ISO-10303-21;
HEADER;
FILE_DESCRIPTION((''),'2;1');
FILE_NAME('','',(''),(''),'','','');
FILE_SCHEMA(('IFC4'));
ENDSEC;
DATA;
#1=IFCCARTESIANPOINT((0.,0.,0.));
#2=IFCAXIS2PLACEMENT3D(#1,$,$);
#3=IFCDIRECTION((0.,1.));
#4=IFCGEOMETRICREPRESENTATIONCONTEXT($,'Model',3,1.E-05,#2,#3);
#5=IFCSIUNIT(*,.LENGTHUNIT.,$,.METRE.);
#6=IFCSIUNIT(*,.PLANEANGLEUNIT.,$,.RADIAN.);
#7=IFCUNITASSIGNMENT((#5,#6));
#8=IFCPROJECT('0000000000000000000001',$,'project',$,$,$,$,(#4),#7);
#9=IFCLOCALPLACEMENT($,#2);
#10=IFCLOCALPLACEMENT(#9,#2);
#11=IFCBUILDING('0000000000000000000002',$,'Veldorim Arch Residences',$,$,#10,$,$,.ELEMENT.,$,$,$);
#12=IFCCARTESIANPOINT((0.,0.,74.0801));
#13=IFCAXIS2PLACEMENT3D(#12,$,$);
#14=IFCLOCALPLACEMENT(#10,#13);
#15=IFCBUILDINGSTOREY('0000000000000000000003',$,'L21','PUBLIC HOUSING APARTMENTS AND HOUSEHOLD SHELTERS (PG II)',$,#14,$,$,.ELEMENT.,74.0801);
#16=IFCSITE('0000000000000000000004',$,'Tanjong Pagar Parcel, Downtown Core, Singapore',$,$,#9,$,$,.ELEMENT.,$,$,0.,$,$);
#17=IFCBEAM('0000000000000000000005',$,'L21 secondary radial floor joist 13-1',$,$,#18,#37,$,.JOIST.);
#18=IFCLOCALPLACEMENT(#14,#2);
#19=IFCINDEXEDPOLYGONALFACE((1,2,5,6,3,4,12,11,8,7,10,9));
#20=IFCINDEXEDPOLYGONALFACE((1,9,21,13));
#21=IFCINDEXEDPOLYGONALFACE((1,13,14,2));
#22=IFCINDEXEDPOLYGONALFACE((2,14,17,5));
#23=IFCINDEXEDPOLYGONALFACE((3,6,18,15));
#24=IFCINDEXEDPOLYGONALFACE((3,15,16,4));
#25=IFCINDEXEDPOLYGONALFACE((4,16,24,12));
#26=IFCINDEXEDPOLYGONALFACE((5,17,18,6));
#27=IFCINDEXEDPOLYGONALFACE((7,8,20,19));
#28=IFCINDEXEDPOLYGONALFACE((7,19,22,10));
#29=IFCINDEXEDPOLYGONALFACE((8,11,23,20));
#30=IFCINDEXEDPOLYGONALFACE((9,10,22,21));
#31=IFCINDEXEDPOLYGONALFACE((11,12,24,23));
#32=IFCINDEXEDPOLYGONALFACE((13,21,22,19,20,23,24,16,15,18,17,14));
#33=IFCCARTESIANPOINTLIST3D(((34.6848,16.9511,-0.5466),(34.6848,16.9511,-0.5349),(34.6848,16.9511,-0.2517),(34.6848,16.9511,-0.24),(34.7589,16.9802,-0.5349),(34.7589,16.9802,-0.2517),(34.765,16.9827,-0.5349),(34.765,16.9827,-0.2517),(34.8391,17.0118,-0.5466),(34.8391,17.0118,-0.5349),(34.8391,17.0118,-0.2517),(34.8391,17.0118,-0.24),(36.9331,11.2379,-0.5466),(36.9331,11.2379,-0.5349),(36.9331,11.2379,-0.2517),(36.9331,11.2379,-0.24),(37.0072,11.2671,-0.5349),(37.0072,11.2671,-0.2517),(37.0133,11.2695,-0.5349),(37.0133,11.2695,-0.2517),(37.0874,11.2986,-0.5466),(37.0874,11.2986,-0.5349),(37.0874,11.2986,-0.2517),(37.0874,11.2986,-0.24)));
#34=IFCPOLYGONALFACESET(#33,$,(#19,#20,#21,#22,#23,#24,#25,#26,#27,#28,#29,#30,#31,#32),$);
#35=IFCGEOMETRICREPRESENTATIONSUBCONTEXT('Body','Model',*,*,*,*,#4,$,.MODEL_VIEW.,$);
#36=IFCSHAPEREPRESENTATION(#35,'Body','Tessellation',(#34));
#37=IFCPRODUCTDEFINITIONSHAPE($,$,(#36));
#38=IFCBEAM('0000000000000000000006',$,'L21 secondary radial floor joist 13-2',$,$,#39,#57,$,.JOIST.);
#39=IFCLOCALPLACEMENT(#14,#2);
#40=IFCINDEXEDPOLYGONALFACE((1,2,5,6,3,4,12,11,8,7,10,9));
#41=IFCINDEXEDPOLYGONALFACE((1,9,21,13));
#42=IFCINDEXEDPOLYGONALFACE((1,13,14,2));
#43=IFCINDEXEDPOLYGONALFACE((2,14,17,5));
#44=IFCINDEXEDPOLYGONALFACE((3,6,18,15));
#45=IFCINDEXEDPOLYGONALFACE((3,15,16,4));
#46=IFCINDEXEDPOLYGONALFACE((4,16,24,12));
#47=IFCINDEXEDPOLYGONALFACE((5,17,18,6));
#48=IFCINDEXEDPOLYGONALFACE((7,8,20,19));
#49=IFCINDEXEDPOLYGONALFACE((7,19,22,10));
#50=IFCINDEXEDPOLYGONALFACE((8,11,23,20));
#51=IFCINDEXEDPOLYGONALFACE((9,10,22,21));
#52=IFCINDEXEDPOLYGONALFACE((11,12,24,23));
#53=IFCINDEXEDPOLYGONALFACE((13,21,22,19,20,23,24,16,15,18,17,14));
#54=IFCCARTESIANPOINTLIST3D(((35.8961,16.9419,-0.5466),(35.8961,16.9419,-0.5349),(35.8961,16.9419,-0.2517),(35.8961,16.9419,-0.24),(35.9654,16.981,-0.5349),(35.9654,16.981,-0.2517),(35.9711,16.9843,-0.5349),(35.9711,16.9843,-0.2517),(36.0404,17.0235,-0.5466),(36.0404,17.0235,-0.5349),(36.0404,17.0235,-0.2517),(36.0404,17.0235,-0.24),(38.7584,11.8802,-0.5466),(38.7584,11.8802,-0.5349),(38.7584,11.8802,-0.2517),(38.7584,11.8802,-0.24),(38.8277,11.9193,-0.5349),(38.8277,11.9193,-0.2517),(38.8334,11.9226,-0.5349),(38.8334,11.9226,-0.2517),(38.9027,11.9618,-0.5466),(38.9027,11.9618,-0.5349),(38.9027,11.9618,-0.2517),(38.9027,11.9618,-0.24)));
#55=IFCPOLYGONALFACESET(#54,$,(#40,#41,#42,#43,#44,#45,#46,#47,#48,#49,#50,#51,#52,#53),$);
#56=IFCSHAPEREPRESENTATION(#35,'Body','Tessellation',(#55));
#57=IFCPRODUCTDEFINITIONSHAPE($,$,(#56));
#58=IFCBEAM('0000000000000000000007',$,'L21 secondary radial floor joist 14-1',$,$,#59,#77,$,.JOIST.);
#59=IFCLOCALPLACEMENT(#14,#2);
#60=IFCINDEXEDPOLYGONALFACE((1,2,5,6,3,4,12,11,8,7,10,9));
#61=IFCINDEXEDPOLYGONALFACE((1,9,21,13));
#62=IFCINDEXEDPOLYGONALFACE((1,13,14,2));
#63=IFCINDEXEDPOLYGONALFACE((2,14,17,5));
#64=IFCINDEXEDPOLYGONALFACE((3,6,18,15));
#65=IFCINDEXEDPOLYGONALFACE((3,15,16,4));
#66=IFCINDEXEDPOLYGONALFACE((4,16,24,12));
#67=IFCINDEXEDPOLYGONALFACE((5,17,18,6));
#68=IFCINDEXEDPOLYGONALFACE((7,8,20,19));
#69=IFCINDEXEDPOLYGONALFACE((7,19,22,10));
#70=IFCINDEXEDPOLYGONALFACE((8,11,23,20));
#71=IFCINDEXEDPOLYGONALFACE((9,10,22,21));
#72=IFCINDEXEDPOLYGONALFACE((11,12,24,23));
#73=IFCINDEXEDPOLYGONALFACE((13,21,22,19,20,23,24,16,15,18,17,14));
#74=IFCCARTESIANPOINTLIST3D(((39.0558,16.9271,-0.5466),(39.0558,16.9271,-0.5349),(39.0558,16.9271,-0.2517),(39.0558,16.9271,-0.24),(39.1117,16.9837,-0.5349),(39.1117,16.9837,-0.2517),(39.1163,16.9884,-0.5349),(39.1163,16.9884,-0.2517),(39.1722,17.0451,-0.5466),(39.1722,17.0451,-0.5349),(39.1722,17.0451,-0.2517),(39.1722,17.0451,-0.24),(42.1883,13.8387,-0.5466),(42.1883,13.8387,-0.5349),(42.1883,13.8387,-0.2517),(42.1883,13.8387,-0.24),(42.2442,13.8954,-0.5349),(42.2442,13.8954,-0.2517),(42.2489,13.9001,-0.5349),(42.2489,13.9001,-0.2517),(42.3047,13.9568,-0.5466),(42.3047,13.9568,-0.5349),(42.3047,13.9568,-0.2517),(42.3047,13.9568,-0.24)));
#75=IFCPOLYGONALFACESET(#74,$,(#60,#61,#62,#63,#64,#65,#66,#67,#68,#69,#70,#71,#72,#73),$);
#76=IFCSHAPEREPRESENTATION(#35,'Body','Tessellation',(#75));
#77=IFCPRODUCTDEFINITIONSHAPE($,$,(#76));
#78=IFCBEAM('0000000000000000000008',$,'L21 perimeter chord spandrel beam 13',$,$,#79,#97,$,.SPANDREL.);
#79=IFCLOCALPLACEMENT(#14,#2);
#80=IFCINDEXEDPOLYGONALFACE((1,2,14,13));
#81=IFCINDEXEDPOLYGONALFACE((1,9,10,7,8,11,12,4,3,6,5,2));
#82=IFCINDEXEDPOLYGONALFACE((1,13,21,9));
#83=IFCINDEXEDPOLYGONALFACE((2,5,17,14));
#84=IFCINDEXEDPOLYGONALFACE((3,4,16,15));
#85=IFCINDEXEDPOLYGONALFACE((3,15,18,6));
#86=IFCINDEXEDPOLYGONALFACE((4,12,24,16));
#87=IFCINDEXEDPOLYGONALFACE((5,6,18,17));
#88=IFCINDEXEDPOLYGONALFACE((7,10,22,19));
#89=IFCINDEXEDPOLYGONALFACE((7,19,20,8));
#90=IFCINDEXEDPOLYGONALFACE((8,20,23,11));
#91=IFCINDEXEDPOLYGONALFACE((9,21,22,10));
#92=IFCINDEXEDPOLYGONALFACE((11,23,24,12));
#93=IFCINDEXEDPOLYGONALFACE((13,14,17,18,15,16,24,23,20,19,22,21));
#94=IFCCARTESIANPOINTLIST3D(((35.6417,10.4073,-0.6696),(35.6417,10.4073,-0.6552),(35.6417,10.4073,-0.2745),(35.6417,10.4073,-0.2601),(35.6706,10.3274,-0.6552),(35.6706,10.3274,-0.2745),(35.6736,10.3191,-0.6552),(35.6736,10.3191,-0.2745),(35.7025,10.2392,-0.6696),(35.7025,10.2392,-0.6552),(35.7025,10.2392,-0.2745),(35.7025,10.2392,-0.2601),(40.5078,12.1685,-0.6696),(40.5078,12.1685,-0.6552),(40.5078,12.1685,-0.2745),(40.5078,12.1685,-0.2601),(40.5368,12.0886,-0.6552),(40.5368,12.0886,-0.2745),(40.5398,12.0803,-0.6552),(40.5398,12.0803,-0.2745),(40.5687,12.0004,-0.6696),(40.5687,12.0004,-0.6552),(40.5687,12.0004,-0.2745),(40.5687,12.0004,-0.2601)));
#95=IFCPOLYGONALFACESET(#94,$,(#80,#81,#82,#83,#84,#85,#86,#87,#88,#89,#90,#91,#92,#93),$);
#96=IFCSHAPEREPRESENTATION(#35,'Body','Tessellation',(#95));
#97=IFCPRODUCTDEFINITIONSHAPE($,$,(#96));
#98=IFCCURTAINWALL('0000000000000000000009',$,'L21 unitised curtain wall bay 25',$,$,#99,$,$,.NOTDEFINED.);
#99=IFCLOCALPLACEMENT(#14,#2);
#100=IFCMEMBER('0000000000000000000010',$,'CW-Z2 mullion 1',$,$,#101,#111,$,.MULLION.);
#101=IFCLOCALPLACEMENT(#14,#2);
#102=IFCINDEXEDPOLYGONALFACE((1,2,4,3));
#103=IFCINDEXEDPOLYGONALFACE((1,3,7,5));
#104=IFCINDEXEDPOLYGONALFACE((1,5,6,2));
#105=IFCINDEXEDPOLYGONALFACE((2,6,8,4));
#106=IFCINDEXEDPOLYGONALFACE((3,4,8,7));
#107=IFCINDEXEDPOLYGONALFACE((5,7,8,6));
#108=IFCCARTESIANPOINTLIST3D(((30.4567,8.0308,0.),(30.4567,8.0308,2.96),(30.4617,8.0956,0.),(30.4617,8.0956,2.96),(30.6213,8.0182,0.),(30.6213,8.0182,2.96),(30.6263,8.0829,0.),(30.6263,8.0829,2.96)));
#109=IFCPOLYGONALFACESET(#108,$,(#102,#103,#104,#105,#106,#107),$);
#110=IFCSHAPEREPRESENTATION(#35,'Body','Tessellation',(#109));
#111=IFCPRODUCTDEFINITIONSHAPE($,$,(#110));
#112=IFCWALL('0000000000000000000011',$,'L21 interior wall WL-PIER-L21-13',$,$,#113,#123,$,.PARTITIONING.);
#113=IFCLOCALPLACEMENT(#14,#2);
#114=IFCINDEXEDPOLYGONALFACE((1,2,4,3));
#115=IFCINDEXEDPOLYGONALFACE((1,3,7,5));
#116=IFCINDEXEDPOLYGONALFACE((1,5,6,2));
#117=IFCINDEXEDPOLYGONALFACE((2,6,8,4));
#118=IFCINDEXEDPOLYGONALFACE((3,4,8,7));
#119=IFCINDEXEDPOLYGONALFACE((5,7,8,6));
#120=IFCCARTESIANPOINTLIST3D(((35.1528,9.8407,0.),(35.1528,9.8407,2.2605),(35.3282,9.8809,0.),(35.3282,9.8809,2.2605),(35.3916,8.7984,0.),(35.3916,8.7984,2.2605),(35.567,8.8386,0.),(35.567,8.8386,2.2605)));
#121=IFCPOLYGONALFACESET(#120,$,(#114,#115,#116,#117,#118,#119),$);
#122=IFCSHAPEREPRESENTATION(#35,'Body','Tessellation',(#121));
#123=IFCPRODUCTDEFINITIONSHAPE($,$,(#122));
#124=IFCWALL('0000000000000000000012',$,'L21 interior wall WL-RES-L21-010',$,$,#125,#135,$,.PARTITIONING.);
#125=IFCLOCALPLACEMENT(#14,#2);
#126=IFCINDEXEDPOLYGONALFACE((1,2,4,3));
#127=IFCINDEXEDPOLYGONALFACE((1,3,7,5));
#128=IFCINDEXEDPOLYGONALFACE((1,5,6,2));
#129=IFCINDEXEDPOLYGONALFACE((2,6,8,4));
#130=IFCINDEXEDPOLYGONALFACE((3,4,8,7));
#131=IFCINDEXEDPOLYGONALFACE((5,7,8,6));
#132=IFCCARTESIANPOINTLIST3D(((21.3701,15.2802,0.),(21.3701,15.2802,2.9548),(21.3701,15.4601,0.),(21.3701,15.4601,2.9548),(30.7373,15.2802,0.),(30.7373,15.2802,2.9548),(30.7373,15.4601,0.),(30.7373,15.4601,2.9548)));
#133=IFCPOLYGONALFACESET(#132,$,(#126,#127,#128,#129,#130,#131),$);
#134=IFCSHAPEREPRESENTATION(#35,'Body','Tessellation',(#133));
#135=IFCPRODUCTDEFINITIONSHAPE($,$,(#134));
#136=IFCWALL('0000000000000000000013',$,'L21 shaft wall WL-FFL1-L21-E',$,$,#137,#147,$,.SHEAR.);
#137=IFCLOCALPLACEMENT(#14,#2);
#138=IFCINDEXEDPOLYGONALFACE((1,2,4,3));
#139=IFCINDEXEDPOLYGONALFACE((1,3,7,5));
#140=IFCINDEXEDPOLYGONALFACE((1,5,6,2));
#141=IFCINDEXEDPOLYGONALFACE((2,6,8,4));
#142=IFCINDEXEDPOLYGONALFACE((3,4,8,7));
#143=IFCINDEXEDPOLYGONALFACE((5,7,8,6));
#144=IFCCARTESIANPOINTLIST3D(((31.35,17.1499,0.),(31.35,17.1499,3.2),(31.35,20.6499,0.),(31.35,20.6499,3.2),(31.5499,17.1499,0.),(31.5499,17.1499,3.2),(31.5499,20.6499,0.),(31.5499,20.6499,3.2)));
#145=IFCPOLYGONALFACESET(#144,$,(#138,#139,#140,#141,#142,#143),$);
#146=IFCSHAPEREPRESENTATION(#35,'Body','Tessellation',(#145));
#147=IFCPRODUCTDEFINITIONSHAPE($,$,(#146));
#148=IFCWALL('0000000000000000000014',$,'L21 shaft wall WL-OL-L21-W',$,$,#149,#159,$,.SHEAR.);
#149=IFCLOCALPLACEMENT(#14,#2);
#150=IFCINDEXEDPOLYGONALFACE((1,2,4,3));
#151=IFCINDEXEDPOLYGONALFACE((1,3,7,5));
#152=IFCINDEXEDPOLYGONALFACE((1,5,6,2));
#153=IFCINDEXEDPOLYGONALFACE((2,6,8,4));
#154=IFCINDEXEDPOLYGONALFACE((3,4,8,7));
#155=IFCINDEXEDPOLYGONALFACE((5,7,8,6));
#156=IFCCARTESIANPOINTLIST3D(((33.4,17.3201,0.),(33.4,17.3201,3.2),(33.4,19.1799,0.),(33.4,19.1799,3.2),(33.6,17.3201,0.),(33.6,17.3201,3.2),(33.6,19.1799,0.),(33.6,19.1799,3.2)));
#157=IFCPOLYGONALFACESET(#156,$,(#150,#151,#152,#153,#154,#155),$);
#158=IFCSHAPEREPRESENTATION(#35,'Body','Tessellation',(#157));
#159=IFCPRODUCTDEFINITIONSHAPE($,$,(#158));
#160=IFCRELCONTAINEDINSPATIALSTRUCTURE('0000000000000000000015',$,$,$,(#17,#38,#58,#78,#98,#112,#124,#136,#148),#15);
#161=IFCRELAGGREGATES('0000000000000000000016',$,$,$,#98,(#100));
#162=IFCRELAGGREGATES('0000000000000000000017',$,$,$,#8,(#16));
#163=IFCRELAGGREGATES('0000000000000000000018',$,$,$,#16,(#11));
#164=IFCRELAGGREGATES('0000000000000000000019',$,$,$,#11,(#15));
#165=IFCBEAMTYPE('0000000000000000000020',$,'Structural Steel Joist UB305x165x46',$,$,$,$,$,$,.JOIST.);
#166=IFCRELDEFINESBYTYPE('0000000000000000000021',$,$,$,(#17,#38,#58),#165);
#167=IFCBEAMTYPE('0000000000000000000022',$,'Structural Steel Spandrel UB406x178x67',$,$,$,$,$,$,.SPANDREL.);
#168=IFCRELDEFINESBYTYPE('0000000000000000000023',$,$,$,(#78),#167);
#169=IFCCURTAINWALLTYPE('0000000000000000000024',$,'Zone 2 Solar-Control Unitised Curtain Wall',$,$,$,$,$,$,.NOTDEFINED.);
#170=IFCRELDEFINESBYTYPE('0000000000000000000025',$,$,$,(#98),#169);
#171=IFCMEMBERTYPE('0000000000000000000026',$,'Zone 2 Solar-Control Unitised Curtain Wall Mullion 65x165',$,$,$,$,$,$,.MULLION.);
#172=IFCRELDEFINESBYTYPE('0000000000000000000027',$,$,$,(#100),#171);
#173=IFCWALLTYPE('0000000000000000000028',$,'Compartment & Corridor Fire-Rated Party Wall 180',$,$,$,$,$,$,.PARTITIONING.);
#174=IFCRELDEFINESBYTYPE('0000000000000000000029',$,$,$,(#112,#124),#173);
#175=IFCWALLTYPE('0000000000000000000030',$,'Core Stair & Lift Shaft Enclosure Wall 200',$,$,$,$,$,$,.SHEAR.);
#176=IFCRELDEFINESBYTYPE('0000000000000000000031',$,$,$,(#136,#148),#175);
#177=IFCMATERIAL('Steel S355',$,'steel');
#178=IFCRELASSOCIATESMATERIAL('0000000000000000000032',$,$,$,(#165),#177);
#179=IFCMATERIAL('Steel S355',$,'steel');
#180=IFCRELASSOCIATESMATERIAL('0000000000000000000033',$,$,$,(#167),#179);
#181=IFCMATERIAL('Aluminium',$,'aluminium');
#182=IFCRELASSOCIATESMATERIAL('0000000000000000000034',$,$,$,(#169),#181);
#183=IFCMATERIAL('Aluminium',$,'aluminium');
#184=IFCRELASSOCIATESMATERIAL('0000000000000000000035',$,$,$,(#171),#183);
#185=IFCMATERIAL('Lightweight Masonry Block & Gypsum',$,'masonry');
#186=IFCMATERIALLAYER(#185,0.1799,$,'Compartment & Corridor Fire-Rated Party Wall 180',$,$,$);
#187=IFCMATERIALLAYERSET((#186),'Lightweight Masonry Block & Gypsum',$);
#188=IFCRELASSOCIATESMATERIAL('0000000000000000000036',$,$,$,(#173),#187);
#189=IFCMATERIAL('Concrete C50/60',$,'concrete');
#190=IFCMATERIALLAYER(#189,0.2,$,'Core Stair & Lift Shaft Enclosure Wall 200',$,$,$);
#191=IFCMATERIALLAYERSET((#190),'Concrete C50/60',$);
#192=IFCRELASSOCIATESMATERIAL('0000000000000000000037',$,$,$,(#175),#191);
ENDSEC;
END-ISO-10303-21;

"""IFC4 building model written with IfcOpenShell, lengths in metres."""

from ifc_helpers import new_model, si_unit, direction, frame, frame_2d, origin, origin_2d, place, context, subcontext, project, spatial, rectangle, i_section, extrude, material, layer, layer_set, material_profile, profile_set, type_object, element, aggregate, save


model = new_model("IFC4")

# Units and contexts
model_context = context("Model", 3, precision=1e-05, world=origin(), true_north=direction((0.0, 1.0)))
body_context = subcontext(model_context, "Body", "Model", "MODEL_VIEW")
ifc_project = project(units=[si_unit("LENGTHUNIT", "METRE"), si_unit("PLANEANGLEUNIT", "RADIAN")], contexts=[model_context])

# Site, building, storey
site_placement = place(None, origin())
site = spatial("IfcSite", under=ifc_project, at=site_placement, Name="Tanjong Pagar Parcel, Downtown Core, Singapore", CompositionType="ELEMENT", RefElevation=0.0)
building_placement = place(site_placement, origin())
building = spatial("IfcBuilding", under=site, at=building_placement, Name="Veldorim Arch Residences", CompositionType="ELEMENT")
storey_placement = place(building_placement, frame((0.0, 0.0, 74.0801)))
storey = spatial("IfcBuildingStorey", under=building, at=storey_placement, Name="L21", Description="PUBLIC HOUSING APARTMENTS AND HOUSEHOLD SHELTERS (PG II)", CompositionType="ELEMENT", Elevation=74.0801)

# Beams
ifc_material_1 = material(Name="Steel S355", Category="steel")
ifc_material_profile_1 = material_profile(ifc_material_1, i_section(OverallWidth=0.1658, OverallDepth=0.3066, WebThickness=0.0066, FlangeThickness=0.0117, at=origin_2d()), Name="UB305x165x46")
ifc_profile_set_1 = profile_set([ifc_material_profile_1], Name="Steel S355")
beam_type_1 = type_object("IfcBeamType", Name="Structural Steel Joist UB305x165x46", PredefinedType="JOIST", material=ifc_profile_set_1)
beam_1_placement = place(storey_placement, frame((34.762, 16.9814, -0.3933), z_axis=(0.366195, -0.930538, 0.0), x_axis=(0.930538, 0.366195, 0.0)))
element("IfcBeam", 1, at=beam_1_placement, inside=storey, type_object=beam_type_1, Name="L21 secondary radial floor joist 13-1", PredefinedType="JOIST", context=body_context, shape_type="SweptSolid", body=[
    extrude(i_section(OverallWidth=0.1658, OverallDepth=0.3066, WebThickness=0.0066, FlangeThickness=0.0117, at=origin_2d()), origin(), (0.0, 0.0, 1.0), 6.1396),
])
beam_2_placement = place(storey_placement, frame((35.9683, 16.9827, -0.3933), z_axis=(0.492227, -0.870467, 0.0), x_axis=(0.870467, 0.492227, 0.0)))
element("IfcBeam", 2, at=beam_2_placement, inside=storey, type_object=beam_type_1, Name="L21 secondary radial floor joist 13-2", PredefinedType="JOIST", context=body_context, shape_type="SweptSolid", body=[
    extrude(i_section(OverallWidth=0.1658, OverallDepth=0.3066, WebThickness=0.0066, FlangeThickness=0.0117, at=origin_2d()), origin(), (0.0, 0.0, 1.0), 5.8149),
])
beam_3_placement = place(storey_placement, frame((39.114, 16.9861, -0.3933), z_axis=(0.712112, -0.702066, 0.0), x_axis=(0.702066, 0.712112, 0.0)))
element("IfcBeam", 3, at=beam_3_placement, inside=storey, type_object=beam_type_1, Name="L21 secondary radial floor joist 14-1", PredefinedType="JOIST", context=body_context, shape_type="SweptSolid", body=[
    extrude(i_section(OverallWidth=0.1658, OverallDepth=0.3066, WebThickness=0.0066, FlangeThickness=0.0117, at=origin_2d()), origin(), (0.0, 0.0, 1.0), 4.3989),
])
ifc_material_2 = material(Name="Steel S355", Category="steel")
ifc_material_profile_2 = material_profile(ifc_material_2, i_section(OverallWidth=0.1787, OverallDepth=0.4094, WebThickness=0.0088, FlangeThickness=0.0144, at=origin_2d()), Name="UB406x178x67")
ifc_profile_set_2 = profile_set([ifc_material_profile_2], Name="Steel S355")
beam_type_2 = type_object("IfcBeamType", Name="Structural Steel Spandrel UB406x178x67", PredefinedType="SPANDREL", material=ifc_profile_set_2)
beam_4_placement = place(storey_placement, frame((35.6721, 10.3232, -0.4648), z_axis=(0.940308, 0.340326, 0.0), x_axis=(-0.340326, 0.940308, 0.0)))
element("IfcBeam", 4, at=beam_4_placement, inside=storey, type_object=beam_type_2, Name="L21 perimeter chord spandrel beam 13", PredefinedType="SPANDREL", context=body_context, shape_type="SweptSolid", body=[
    extrude(i_section(OverallWidth=0.1787, OverallDepth=0.4094, WebThickness=0.0088, FlangeThickness=0.0144, at=origin_2d()), origin(), (0.0, 0.0, 1.0), 5.175),
])

# Curtain wall, member
ifc_material_3 = material(Name="Aluminium", Category="aluminium")
curtain_wall_type = type_object("IfcCurtainWallType", Name="Zone 2 Solar-Control Unitised Curtain Wall", PredefinedType="NOTDEFINED", material=ifc_material_3)
curtain_wall_placement = place(storey_placement, origin())
curtain_wall = element("IfcCurtainWall", 5, at=curtain_wall_placement, inside=storey, type_object=curtain_wall_type, Name="L21 unitised curtain wall bay 25", PredefinedType="NOTDEFINED")
ifc_material_4 = material(Name="Aluminium", Category="aluminium")
ifc_material_profile_3 = material_profile(ifc_material_4, rectangle(XDim=0.0649, YDim=0.165, at=origin_2d()), Name="ALU_MUL_65x165")
ifc_profile_set_3 = profile_set([ifc_material_profile_3], Name="Aluminium")
member_type = type_object("IfcMemberType", Name="Zone 2 Solar-Control Unitised Curtain Wall Mullion 65x165", PredefinedType="MULLION", material=ifc_profile_set_3)
member_placement = place(storey_placement, frame((30.5415, 8.0569, 0.0), z_axis=(0.0, 0.0, 1.0), x_axis=(-0.076696, -0.997054, 0.0)))
member = element("IfcMember", 6, at=member_placement, type_object=member_type, Name="CW-Z2 mullion 1", PredefinedType="MULLION", context=body_context, shape_type="SweptSolid", body=[
    extrude(rectangle(XDim=0.0649, YDim=0.165, at=origin_2d()), origin(), (0.0, 0.0, 1.0), 2.96),
])
aggregate(curtain_wall, [member])

# Walls
ifc_material_5 = material(Name="Lightweight Masonry Block & Gypsum", Category="masonry")
ifc_layer_1 = layer(ifc_material_5, 0.1799, Name="Compartment & Corridor Fire-Rated Party Wall 180")
ifc_layer_set_1 = layer_set([ifc_layer_1], Name="Lightweight Masonry Block & Gypsum")
wall_type_1 = type_object("IfcWallType", Name="Compartment & Corridor Fire-Rated Party Wall 180", PredefinedType="PARTITIONING", material=ifc_layer_set_1)
wall_1_placement = place(storey_placement, frame((35.2405, 9.8608, 0.0), z_axis=(0.0, 0.0, 1.0), x_axis=(0.223308, -0.974748, 0.0)))
element("IfcWall", 7, at=wall_1_placement, inside=storey, type_object=wall_type_1, Name="L21 interior wall WL-PIER-L21-13", PredefinedType="PARTITIONING", context=body_context, shape_type="SweptSolid", body=[
    extrude(rectangle(XDim=1.0693, YDim=0.1799, at=frame_2d((0.5347, 0.0))), origin(), (0.0, 0.0, 1.0), 2.2605),
])
wall_2_placement = place(storey_placement, frame((30.7373, 15.3701, 0.0), z_axis=(0.0, 0.0, 1.0), x_axis=(-1.0, 0.0, 0.0)))
element("IfcWall", 8, at=wall_2_placement, inside=storey, type_object=wall_type_1, Name="L21 interior wall WL-RES-L21-010", PredefinedType="PARTITIONING", context=body_context, shape_type="SweptSolid", body=[
    extrude(rectangle(XDim=9.3672, YDim=0.1799, at=frame_2d((4.6836, 0.0))), origin(), (0.0, 0.0, 1.0), 2.9548),
])
ifc_material_6 = material(Name="Concrete C50/60", Category="concrete")
ifc_layer_2 = layer(ifc_material_6, 0.2, Name="Core Stair & Lift Shaft Enclosure Wall 200")
ifc_layer_set_2 = layer_set([ifc_layer_2], Name="Concrete C50/60")
wall_type_2 = type_object("IfcWallType", Name="Core Stair & Lift Shaft Enclosure Wall 200", PredefinedType="SHEAR", material=ifc_layer_set_2)
wall_3_placement = place(storey_placement, frame((31.45, 17.1499, 0.0), z_axis=(0.0, 0.0, 1.0), x_axis=(0.0, 1.0, 0.0)))
element("IfcWall", 9, at=wall_3_placement, inside=storey, type_object=wall_type_2, Name="L21 shaft wall WL-FFL1-L21-E", PredefinedType="SHEAR", context=body_context, shape_type="SweptSolid", body=[
    extrude(rectangle(XDim=3.5, YDim=0.2, at=frame_2d((1.75, 0.0))), origin(), (0.0, 0.0, 1.0), 3.2),
])
wall_4_placement = place(storey_placement, frame((33.5, 17.3201, 0.0), z_axis=(0.0, 0.0, 1.0), x_axis=(0.0, 1.0, 0.0)))
element("IfcWall", 10, at=wall_4_placement, inside=storey, type_object=wall_type_2, Name="L21 shaft wall WL-OL-L21-W", PredefinedType="SHEAR", context=body_context, shape_type="SweptSolid", body=[
    extrude(rectangle(XDim=1.8599, YDim=0.2, at=frame_2d((0.9299, 0.0))), origin(), (0.0, 0.0, 1.0), 3.2),
])

save(model, "model.ifc")
